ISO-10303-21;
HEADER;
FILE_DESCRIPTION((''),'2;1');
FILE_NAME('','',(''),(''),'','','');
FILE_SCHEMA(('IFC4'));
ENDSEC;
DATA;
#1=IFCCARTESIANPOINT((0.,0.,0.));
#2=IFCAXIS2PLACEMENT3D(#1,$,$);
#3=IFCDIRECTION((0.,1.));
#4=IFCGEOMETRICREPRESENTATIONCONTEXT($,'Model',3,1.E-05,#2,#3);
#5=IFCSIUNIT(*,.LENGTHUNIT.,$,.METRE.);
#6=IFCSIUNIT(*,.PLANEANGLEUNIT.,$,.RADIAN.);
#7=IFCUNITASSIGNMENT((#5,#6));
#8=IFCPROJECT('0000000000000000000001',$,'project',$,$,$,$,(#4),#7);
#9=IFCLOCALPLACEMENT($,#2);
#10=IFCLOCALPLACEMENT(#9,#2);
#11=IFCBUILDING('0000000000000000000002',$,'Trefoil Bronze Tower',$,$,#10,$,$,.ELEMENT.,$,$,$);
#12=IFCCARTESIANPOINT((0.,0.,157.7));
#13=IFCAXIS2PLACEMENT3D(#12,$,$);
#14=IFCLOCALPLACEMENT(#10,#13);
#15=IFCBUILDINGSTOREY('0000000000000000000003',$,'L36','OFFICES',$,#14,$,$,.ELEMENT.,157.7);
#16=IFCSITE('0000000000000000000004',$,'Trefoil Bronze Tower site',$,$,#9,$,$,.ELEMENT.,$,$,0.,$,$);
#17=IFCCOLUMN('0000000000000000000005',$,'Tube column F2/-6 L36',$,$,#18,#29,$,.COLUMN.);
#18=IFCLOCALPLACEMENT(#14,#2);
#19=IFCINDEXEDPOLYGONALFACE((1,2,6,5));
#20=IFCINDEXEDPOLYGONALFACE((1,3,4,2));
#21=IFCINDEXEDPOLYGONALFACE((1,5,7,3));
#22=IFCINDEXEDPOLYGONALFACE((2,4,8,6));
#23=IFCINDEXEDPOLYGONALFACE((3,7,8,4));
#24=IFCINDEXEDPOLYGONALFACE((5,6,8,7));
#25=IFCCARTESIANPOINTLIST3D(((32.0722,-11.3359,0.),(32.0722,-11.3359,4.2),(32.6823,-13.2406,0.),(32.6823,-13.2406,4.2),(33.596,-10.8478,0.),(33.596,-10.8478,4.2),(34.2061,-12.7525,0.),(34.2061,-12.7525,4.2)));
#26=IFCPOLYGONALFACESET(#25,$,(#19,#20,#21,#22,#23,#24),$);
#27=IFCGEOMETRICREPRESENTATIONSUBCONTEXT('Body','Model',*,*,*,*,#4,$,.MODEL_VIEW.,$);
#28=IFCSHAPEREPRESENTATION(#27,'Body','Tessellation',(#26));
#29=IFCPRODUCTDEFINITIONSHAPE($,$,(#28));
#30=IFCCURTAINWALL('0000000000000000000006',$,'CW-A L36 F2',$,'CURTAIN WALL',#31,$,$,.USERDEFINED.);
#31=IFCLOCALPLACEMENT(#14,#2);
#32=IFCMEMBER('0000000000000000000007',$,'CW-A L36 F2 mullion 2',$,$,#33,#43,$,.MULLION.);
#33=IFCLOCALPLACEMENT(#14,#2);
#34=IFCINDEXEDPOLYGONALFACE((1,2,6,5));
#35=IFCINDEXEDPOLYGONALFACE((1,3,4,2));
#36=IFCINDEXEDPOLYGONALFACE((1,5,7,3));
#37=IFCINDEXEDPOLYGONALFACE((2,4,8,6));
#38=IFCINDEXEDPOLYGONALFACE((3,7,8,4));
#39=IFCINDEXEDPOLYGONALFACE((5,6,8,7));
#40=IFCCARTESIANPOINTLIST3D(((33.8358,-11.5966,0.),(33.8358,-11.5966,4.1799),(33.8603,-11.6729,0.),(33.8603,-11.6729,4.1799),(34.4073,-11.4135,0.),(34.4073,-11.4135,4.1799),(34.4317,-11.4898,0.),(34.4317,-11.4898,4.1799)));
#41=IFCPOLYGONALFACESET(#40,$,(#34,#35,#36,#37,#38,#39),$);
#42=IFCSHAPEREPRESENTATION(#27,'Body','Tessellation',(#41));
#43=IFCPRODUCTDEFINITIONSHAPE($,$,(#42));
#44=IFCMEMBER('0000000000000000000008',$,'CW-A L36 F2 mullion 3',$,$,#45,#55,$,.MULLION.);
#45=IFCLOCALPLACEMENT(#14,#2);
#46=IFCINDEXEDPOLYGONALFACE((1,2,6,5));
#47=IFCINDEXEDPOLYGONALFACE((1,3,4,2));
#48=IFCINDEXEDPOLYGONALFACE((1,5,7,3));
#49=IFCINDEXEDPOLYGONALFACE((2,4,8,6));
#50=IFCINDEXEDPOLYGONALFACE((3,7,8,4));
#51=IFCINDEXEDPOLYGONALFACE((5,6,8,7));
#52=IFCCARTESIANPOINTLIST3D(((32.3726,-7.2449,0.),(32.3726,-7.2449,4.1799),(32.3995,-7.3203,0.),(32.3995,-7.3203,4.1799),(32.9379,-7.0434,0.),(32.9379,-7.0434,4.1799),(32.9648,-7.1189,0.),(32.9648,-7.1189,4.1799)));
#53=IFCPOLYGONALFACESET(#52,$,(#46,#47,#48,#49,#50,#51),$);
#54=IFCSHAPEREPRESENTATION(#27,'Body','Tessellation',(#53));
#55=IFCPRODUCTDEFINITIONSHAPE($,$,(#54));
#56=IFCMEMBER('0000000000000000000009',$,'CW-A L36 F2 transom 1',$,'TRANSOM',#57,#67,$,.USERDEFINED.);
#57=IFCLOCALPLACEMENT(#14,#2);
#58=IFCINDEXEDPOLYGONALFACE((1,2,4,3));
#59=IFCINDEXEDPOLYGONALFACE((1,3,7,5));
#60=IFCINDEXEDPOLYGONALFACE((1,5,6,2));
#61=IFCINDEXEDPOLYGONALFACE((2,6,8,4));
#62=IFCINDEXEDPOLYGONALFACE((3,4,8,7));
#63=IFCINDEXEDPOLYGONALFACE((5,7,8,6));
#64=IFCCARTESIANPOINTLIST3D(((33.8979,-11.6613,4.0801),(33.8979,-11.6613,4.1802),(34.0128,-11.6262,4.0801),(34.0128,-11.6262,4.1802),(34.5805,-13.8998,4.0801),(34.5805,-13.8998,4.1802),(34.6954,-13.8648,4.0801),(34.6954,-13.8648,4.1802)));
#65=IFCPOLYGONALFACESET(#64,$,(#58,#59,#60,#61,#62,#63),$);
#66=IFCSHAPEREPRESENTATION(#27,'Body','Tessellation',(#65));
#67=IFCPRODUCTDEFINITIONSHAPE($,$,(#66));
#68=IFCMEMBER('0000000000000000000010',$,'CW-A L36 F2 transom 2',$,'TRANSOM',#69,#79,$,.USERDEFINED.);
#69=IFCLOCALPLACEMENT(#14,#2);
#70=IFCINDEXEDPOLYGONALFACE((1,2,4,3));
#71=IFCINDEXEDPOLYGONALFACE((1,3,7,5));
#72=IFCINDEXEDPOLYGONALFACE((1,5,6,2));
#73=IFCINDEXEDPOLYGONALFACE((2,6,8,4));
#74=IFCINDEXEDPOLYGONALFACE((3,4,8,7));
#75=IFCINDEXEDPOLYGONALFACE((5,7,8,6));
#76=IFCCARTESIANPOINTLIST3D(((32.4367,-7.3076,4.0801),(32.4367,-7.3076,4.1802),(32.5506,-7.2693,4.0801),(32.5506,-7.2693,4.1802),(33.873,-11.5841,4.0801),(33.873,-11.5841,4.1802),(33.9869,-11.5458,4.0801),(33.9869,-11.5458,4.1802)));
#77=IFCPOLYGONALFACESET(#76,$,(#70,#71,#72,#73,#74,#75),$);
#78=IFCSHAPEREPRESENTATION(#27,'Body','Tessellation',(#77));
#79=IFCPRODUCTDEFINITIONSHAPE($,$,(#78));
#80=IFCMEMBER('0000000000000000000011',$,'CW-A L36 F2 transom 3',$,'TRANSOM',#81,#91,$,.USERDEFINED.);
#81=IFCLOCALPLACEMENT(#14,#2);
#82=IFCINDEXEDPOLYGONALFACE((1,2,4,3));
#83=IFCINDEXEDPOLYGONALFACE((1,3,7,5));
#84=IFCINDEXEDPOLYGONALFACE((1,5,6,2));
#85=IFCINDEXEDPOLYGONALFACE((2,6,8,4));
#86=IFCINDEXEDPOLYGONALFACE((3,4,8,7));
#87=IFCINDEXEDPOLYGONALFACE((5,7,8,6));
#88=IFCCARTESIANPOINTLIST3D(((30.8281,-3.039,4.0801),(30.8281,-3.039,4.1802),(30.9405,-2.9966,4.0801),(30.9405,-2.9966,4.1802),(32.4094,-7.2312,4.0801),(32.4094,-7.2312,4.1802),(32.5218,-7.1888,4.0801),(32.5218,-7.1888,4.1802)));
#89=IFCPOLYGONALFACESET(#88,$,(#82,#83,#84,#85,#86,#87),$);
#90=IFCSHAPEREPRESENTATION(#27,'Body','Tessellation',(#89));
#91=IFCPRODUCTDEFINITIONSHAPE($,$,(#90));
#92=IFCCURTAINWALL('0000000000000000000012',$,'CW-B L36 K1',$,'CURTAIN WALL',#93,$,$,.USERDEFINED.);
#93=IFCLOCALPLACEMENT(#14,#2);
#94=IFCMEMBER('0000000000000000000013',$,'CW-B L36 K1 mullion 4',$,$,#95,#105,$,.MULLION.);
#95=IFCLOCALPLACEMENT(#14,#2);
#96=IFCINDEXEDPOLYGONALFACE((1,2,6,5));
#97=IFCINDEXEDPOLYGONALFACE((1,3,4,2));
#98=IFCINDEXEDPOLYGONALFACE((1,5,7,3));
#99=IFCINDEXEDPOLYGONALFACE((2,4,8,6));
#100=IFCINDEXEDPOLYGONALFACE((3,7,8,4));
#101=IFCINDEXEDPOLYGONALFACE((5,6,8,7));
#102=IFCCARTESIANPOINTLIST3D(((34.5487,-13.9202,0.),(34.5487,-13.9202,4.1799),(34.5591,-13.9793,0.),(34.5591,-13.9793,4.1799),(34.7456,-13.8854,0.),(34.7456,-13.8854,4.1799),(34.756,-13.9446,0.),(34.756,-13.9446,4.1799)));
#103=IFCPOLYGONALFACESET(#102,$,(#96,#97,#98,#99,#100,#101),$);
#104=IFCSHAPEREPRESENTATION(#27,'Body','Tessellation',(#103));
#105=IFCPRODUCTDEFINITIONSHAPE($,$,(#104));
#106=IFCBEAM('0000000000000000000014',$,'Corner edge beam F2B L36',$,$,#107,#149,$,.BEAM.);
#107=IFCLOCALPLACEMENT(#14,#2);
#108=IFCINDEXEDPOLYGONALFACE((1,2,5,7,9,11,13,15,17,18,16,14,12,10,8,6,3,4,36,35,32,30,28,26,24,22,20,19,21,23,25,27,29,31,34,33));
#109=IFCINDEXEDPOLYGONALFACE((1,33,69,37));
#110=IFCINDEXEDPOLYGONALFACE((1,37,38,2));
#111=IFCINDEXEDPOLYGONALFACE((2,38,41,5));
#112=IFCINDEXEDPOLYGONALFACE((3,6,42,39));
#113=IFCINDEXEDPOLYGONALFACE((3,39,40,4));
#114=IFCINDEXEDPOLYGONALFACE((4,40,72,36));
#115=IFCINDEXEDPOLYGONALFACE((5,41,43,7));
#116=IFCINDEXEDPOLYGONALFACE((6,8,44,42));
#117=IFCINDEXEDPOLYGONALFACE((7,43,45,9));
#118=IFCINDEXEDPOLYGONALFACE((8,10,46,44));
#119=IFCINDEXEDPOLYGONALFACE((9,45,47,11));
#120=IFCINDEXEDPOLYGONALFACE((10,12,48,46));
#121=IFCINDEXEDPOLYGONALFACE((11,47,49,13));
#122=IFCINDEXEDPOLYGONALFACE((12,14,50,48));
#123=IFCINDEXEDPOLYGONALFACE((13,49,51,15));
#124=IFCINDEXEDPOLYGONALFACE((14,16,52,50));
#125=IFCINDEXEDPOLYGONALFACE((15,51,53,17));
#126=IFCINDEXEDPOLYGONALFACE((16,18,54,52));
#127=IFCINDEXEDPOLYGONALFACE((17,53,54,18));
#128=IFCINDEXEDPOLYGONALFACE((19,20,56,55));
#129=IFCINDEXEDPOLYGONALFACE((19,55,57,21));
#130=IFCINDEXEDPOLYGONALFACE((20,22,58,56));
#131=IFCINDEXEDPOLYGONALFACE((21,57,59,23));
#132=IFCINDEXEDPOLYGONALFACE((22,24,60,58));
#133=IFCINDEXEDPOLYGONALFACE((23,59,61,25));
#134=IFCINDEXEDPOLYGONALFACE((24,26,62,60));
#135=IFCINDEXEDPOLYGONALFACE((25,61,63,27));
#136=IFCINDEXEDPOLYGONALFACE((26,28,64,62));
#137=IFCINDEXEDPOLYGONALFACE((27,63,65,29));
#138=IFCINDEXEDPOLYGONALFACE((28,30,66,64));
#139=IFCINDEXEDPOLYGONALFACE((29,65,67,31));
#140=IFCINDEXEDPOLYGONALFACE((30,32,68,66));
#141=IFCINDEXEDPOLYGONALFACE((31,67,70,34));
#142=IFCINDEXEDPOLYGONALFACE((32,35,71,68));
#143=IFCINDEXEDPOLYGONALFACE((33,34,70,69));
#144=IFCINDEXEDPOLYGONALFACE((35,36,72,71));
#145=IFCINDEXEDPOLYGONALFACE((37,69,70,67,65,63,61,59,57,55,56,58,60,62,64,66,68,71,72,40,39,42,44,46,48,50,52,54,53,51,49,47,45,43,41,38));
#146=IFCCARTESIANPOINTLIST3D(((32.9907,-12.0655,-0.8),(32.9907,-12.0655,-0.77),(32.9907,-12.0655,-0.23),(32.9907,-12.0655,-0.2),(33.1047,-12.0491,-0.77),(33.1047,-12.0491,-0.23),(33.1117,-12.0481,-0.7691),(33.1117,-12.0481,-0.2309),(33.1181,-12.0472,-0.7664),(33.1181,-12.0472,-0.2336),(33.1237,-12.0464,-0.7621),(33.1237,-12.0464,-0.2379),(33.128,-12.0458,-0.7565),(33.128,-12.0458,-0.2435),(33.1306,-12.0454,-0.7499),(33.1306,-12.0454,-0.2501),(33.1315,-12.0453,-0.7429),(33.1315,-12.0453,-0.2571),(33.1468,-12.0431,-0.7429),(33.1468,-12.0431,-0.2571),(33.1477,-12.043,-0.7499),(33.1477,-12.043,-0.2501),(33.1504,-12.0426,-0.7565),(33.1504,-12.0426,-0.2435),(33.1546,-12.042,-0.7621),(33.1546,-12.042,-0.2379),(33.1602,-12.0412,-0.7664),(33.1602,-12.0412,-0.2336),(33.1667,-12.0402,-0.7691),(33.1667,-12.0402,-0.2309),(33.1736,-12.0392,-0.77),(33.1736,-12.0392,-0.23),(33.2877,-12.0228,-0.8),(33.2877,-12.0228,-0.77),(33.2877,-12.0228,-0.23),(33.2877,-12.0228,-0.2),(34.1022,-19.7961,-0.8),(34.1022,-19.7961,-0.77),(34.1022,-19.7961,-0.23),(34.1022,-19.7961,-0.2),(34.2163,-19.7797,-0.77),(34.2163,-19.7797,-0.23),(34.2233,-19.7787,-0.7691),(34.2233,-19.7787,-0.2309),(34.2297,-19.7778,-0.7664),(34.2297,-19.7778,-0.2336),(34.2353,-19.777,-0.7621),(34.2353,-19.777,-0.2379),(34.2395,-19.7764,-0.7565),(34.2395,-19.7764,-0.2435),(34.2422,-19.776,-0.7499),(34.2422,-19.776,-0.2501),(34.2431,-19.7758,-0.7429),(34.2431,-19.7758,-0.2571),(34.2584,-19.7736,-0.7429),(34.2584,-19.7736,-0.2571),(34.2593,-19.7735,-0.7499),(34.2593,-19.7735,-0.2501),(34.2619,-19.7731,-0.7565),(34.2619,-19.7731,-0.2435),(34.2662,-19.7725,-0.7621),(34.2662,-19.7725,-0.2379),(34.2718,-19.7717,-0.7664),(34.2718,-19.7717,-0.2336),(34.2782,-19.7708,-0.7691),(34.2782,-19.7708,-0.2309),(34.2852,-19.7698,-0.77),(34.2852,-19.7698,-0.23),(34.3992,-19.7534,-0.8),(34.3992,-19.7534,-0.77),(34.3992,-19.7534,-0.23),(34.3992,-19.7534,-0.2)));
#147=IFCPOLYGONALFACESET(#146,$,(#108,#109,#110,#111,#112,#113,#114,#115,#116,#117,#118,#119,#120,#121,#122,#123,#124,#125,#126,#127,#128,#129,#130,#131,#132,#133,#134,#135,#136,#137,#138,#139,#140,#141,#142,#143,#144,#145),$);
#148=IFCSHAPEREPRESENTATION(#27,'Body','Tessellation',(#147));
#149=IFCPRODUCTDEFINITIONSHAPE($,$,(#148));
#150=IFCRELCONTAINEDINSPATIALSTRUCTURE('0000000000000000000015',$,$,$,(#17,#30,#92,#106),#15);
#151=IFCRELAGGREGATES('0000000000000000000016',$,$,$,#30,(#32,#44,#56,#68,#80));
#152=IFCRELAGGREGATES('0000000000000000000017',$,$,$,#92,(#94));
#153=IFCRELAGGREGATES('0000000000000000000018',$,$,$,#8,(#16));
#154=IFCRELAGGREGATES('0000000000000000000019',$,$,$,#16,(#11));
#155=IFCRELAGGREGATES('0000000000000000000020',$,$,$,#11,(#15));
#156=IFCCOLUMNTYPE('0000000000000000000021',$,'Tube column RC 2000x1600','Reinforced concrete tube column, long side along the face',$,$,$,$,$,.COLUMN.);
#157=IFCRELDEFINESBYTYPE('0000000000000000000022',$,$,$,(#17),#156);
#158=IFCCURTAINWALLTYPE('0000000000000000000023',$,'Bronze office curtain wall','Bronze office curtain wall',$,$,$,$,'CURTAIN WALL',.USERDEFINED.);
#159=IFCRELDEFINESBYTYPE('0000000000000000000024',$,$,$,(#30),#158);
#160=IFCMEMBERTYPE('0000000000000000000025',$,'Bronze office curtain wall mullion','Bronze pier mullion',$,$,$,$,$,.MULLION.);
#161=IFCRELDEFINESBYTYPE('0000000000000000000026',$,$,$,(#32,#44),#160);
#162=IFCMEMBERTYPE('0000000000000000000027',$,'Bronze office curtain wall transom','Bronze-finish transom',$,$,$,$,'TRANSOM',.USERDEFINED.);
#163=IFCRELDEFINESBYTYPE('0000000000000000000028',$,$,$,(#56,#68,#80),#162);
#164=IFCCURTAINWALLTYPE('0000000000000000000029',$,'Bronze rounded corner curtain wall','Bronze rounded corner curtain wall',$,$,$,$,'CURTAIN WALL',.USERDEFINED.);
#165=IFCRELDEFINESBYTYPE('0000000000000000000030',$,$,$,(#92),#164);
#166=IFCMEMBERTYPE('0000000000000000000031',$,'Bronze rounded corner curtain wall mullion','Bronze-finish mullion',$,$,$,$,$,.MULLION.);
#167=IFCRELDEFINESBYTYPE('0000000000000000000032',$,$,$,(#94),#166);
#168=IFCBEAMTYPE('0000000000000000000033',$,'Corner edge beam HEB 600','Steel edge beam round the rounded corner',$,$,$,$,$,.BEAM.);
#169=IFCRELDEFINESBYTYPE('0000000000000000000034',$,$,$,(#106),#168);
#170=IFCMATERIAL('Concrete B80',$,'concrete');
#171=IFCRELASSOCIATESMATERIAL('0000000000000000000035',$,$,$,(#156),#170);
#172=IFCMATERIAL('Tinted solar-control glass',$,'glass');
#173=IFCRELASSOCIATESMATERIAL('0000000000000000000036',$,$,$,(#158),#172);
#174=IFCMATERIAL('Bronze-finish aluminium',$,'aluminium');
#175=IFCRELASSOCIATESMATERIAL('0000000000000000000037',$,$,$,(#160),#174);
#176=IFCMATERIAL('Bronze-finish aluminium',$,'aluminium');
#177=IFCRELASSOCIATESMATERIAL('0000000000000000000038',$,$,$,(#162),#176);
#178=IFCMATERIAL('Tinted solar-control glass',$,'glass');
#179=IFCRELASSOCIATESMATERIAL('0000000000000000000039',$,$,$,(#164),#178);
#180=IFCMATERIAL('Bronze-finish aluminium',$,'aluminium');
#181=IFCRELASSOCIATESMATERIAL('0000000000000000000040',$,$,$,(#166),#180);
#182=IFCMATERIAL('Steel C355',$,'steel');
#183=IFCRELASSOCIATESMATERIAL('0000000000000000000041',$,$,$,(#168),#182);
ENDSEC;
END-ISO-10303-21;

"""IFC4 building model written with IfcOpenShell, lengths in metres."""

from ifc_helpers import new_model, si_unit, direction, frame, origin, origin_2d, place, context, subcontext, project, spatial, rectangle, i_section, extrude, material, material_profile, profile_set, type_object, element, aggregate, save


model = new_model("IFC4")

# Units and contexts
model_context = context("Model", 3, precision=1e-05, world=origin(), true_north=direction((0.0, 1.0)))
body_context = subcontext(model_context, "Body", "Model", "MODEL_VIEW")
ifc_project = project(units=[si_unit("LENGTHUNIT", "METRE"), si_unit("PLANEANGLEUNIT", "RADIAN")], contexts=[model_context])

# Site, building, storey
site_placement = place(None, origin())
site = spatial("IfcSite", under=ifc_project, at=site_placement, Name="Trefoil Bronze Tower site", CompositionType="ELEMENT", RefElevation=0.0)
building_placement = place(site_placement, origin())
building = spatial("IfcBuilding", under=site, at=building_placement, Name="Trefoil Bronze Tower", CompositionType="ELEMENT")
storey_placement = place(building_placement, frame((0.0, 0.0, 157.7)))
storey = spatial("IfcBuildingStorey", under=building, at=storey_placement, Name="L36", Description="OFFICES", CompositionType="ELEMENT", Elevation=157.7)

# Column
ifc_material_1 = material(Name="Concrete B80", Category="concrete")
ifc_material_profile_1 = material_profile(ifc_material_1, rectangle(XDim=2.0, YDim=1.6001, at=origin_2d()), Name="RC 2000x1600")
ifc_profile_set_1 = profile_set([ifc_material_profile_1], Name="Concrete B80")
column_type = type_object("IfcColumnType", Name="Tube column RC 2000x1600", Description="Reinforced concrete tube column, long side along the face", PredefinedType="COLUMN", material=ifc_profile_set_1)
column_placement = place(storey_placement, frame((33.1392, -12.0442, 0.0), z_axis=(0.0, 0.0, 1.0), x_axis=(-0.305066, 0.952331, 0.0)))
element("IfcColumn", 1, at=column_placement, inside=storey, type_object=column_type, Name="Tube column F2/-6 L36", PredefinedType="COLUMN", context=body_context, shape_type="SweptSolid", body=[
    extrude(rectangle(XDim=2.0, YDim=1.6001, at=origin_2d()), origin(), (0.0, 0.0, 1.0), 4.2),
])

# Curtain wall, members
ifc_material_2 = material(Name="Tinted solar-control glass", Category="glass")
curtain_wall_type_1 = type_object("IfcCurtainWallType", Name="Bronze office curtain wall", Description="Bronze office curtain wall", ElementType="CURTAIN WALL", PredefinedType="USERDEFINED", material=ifc_material_2)
curtain_wall_1_placement = place(storey_placement, origin())
curtain_wall_1 = element("IfcCurtainWall", 2, at=curtain_wall_1_placement, inside=storey, type_object=curtain_wall_type_1, Name="CW-A L36 F2", ObjectType="CURTAIN WALL", PredefinedType="USERDEFINED")
ifc_material_3 = material(Name="Bronze-finish aluminium", Category="aluminium")
ifc_material_profile_2 = material_profile(ifc_material_3, rectangle(XDim=0.6001, YDim=0.0801, at=origin_2d()), Name="CW-A mullion")
ifc_profile_set_2 = profile_set([ifc_material_profile_2], Name="Bronze-finish aluminium")
member_type_1 = type_object("IfcMemberType", Name="Bronze office curtain wall mullion", Description="Bronze pier mullion", PredefinedType="MULLION", material=ifc_profile_set_2)
member_1_placement = place(storey_placement, frame((34.1338, -11.5432, 0.0), z_axis=(0.0, 0.0, 1.0), x_axis=(-0.952331, -0.305066, 0.0)))
member_1 = element("IfcMember", 3, at=member_1_placement, type_object=member_type_1, Name="CW-A L36 F2 mullion 2", PredefinedType="MULLION", context=body_context, shape_type="SweptSolid", body=[
    extrude(rectangle(XDim=0.6001, YDim=0.0801, at=origin_2d()), origin(), (0.0, 0.0, 1.0), 4.1799),
])
member_2_placement = place(storey_placement, frame((32.6687, -7.1819, 0.0), z_axis=(0.0, 0.0, 1.0), x_axis=(-0.941963, -0.335718, 0.0)))
member_2 = element("IfcMember", 4, at=member_2_placement, type_object=member_type_1, Name="CW-A L36 F2 mullion 3", PredefinedType="MULLION", context=body_context, shape_type="SweptSolid", body=[
    extrude(rectangle(XDim=0.6001, YDim=0.0801, at=origin_2d()), origin(), (0.0, 0.0, 1.0), 4.1799),
])
ifc_material_4 = material(Name="Bronze-finish aluminium", Category="aluminium")
ifc_material_profile_3 = material_profile(ifc_material_4, rectangle(XDim=0.1201, YDim=0.1001, at=origin_2d()), Name="CW-A transom")
ifc_profile_set_3 = profile_set([ifc_material_profile_3], Name="Bronze-finish aluminium")
member_type_2 = type_object("IfcMemberType", Name="Bronze office curtain wall transom", Description="Bronze-finish transom", ElementType="TRANSOM", PredefinedType="USERDEFINED", material=ifc_profile_set_3)
member_3_placement = place(storey_placement, frame((34.6379, -13.8823, 4.1301), z_axis=(-0.29168, 0.956516, 0.0), x_axis=(-0.956516, -0.29168, 0.0)))
member_3 = element("IfcMember", 5, at=member_3_placement, type_object=member_type_2, Name="CW-A L36 F2 transom 1", ObjectType="TRANSOM", PredefinedType="USERDEFINED", context=body_context, shape_type="SweptSolid", body=[
    extrude(rectangle(XDim=0.1201, YDim=0.1001, at=origin_2d()), origin(), (0.0, 0.0, 1.0), 2.3403),
])
member_4_placement = place(storey_placement, frame((33.9299, -11.5649, 4.1301), z_axis=(-0.318386, 0.947961, 0.0), x_axis=(-0.947961, -0.318386, 0.0)))
member_4 = element("IfcMember", 6, at=member_4_placement, type_object=member_type_2, Name="CW-A L36 F2 transom 2", ObjectType="TRANSOM", PredefinedType="USERDEFINED", context=body_context, shape_type="SweptSolid", body=[
    extrude(rectangle(XDim=0.1201, YDim=0.1001, at=origin_2d()), origin(), (0.0, 0.0, 1.0), 4.5112),
])
member_5_placement = place(storey_placement, frame((32.4656, -7.21, 4.1301), z_axis=(-0.352932, 0.935649, 0.0), x_axis=(-0.935649, -0.352932, 0.0)))
member_5 = element("IfcMember", 7, at=member_5_placement, type_object=member_type_2, Name="CW-A L36 F2 transom 3", ObjectType="TRANSOM", PredefinedType="USERDEFINED", context=body_context, shape_type="SweptSolid", body=[
    extrude(rectangle(XDim=0.1201, YDim=0.1001, at=origin_2d()), origin(), (0.0, 0.0, 1.0), 4.4805),
])

# Curtain wall, member
ifc_material_5 = material(Name="Tinted solar-control glass", Category="glass")
curtain_wall_type_2 = type_object("IfcCurtainWallType", Name="Bronze rounded corner curtain wall", Description="Bronze rounded corner curtain wall", ElementType="CURTAIN WALL", PredefinedType="USERDEFINED", material=ifc_material_5)
curtain_wall_2_placement = place(storey_placement, origin())
curtain_wall_2 = element("IfcCurtainWall", 8, at=curtain_wall_2_placement, inside=storey, type_object=curtain_wall_type_2, Name="CW-B L36 K1", ObjectType="CURTAIN WALL", PredefinedType="USERDEFINED")
ifc_material_6 = material(Name="Bronze-finish aluminium", Category="aluminium")
ifc_material_profile_4 = material_profile(ifc_material_6, rectangle(XDim=0.2, YDim=0.0601, at=origin_2d()), Name="CW-B mullion")
ifc_profile_set_4 = profile_set([ifc_material_profile_4], Name="Bronze-finish aluminium")
member_type_3 = type_object("IfcMemberType", Name="Bronze rounded corner curtain wall mullion", Description="Bronze-finish mullion", PredefinedType="MULLION", material=ifc_profile_set_4)
member_6_placement = place(storey_placement, frame((34.6523, -13.9324, 0.0), z_axis=(0.0, 0.0, 1.0), x_axis=(-0.984808, -0.173648, 0.0)))
member_6 = element("IfcMember", 9, at=member_6_placement, type_object=member_type_3, Name="CW-B L36 K1 mullion 4", PredefinedType="MULLION", context=body_context, shape_type="SweptSolid", body=[
    extrude(rectangle(XDim=0.2, YDim=0.0601, at=origin_2d()), origin(), (0.0, 0.0, 1.0), 4.1799),
])

# Beam
ifc_material_7 = material(Name="Steel C355", Category="steel")
ifc_material_profile_5 = material_profile(ifc_material_7, i_section(OverallWidth=0.3, OverallDepth=0.6001, WebThickness=0.0154, FlangeThickness=0.03, FilletRadius=0.0271, at=origin_2d()), Name="HEB 600")
ifc_profile_set_5 = profile_set([ifc_material_profile_5], Name="Steel C355")
beam_type_1 = type_object("IfcBeamType", Name="Corner edge beam HEB 600", Description="Steel edge beam round the rounded corner", PredefinedType="BEAM", material=ifc_profile_set_5)
beam_1_placement = place(storey_placement, frame((33.1392, -12.0442, -0.5), z_axis=(0.142327, -0.98982, 0.0), x_axis=(0.98982, 0.142327, 0.0)))
element("IfcBeam", 10, at=beam_1_placement, inside=storey, type_object=beam_type_1, Name="Corner edge beam F2B L36", PredefinedType="BEAM", context=body_context, shape_type="SweptSolid", body=[
    extrude(i_section(OverallWidth=0.3, OverallDepth=0.6001, WebThickness=0.0154, FlangeThickness=0.03, FilletRadius=0.0271, at=origin_2d()), origin(), (0.0, 0.0, 1.0), 7.8101),
])

aggregate(curtain_wall_1, [member_1, member_2, member_3, member_4, member_5])
aggregate(curtain_wall_2, [member_6])

save(model, "model.ifc")
